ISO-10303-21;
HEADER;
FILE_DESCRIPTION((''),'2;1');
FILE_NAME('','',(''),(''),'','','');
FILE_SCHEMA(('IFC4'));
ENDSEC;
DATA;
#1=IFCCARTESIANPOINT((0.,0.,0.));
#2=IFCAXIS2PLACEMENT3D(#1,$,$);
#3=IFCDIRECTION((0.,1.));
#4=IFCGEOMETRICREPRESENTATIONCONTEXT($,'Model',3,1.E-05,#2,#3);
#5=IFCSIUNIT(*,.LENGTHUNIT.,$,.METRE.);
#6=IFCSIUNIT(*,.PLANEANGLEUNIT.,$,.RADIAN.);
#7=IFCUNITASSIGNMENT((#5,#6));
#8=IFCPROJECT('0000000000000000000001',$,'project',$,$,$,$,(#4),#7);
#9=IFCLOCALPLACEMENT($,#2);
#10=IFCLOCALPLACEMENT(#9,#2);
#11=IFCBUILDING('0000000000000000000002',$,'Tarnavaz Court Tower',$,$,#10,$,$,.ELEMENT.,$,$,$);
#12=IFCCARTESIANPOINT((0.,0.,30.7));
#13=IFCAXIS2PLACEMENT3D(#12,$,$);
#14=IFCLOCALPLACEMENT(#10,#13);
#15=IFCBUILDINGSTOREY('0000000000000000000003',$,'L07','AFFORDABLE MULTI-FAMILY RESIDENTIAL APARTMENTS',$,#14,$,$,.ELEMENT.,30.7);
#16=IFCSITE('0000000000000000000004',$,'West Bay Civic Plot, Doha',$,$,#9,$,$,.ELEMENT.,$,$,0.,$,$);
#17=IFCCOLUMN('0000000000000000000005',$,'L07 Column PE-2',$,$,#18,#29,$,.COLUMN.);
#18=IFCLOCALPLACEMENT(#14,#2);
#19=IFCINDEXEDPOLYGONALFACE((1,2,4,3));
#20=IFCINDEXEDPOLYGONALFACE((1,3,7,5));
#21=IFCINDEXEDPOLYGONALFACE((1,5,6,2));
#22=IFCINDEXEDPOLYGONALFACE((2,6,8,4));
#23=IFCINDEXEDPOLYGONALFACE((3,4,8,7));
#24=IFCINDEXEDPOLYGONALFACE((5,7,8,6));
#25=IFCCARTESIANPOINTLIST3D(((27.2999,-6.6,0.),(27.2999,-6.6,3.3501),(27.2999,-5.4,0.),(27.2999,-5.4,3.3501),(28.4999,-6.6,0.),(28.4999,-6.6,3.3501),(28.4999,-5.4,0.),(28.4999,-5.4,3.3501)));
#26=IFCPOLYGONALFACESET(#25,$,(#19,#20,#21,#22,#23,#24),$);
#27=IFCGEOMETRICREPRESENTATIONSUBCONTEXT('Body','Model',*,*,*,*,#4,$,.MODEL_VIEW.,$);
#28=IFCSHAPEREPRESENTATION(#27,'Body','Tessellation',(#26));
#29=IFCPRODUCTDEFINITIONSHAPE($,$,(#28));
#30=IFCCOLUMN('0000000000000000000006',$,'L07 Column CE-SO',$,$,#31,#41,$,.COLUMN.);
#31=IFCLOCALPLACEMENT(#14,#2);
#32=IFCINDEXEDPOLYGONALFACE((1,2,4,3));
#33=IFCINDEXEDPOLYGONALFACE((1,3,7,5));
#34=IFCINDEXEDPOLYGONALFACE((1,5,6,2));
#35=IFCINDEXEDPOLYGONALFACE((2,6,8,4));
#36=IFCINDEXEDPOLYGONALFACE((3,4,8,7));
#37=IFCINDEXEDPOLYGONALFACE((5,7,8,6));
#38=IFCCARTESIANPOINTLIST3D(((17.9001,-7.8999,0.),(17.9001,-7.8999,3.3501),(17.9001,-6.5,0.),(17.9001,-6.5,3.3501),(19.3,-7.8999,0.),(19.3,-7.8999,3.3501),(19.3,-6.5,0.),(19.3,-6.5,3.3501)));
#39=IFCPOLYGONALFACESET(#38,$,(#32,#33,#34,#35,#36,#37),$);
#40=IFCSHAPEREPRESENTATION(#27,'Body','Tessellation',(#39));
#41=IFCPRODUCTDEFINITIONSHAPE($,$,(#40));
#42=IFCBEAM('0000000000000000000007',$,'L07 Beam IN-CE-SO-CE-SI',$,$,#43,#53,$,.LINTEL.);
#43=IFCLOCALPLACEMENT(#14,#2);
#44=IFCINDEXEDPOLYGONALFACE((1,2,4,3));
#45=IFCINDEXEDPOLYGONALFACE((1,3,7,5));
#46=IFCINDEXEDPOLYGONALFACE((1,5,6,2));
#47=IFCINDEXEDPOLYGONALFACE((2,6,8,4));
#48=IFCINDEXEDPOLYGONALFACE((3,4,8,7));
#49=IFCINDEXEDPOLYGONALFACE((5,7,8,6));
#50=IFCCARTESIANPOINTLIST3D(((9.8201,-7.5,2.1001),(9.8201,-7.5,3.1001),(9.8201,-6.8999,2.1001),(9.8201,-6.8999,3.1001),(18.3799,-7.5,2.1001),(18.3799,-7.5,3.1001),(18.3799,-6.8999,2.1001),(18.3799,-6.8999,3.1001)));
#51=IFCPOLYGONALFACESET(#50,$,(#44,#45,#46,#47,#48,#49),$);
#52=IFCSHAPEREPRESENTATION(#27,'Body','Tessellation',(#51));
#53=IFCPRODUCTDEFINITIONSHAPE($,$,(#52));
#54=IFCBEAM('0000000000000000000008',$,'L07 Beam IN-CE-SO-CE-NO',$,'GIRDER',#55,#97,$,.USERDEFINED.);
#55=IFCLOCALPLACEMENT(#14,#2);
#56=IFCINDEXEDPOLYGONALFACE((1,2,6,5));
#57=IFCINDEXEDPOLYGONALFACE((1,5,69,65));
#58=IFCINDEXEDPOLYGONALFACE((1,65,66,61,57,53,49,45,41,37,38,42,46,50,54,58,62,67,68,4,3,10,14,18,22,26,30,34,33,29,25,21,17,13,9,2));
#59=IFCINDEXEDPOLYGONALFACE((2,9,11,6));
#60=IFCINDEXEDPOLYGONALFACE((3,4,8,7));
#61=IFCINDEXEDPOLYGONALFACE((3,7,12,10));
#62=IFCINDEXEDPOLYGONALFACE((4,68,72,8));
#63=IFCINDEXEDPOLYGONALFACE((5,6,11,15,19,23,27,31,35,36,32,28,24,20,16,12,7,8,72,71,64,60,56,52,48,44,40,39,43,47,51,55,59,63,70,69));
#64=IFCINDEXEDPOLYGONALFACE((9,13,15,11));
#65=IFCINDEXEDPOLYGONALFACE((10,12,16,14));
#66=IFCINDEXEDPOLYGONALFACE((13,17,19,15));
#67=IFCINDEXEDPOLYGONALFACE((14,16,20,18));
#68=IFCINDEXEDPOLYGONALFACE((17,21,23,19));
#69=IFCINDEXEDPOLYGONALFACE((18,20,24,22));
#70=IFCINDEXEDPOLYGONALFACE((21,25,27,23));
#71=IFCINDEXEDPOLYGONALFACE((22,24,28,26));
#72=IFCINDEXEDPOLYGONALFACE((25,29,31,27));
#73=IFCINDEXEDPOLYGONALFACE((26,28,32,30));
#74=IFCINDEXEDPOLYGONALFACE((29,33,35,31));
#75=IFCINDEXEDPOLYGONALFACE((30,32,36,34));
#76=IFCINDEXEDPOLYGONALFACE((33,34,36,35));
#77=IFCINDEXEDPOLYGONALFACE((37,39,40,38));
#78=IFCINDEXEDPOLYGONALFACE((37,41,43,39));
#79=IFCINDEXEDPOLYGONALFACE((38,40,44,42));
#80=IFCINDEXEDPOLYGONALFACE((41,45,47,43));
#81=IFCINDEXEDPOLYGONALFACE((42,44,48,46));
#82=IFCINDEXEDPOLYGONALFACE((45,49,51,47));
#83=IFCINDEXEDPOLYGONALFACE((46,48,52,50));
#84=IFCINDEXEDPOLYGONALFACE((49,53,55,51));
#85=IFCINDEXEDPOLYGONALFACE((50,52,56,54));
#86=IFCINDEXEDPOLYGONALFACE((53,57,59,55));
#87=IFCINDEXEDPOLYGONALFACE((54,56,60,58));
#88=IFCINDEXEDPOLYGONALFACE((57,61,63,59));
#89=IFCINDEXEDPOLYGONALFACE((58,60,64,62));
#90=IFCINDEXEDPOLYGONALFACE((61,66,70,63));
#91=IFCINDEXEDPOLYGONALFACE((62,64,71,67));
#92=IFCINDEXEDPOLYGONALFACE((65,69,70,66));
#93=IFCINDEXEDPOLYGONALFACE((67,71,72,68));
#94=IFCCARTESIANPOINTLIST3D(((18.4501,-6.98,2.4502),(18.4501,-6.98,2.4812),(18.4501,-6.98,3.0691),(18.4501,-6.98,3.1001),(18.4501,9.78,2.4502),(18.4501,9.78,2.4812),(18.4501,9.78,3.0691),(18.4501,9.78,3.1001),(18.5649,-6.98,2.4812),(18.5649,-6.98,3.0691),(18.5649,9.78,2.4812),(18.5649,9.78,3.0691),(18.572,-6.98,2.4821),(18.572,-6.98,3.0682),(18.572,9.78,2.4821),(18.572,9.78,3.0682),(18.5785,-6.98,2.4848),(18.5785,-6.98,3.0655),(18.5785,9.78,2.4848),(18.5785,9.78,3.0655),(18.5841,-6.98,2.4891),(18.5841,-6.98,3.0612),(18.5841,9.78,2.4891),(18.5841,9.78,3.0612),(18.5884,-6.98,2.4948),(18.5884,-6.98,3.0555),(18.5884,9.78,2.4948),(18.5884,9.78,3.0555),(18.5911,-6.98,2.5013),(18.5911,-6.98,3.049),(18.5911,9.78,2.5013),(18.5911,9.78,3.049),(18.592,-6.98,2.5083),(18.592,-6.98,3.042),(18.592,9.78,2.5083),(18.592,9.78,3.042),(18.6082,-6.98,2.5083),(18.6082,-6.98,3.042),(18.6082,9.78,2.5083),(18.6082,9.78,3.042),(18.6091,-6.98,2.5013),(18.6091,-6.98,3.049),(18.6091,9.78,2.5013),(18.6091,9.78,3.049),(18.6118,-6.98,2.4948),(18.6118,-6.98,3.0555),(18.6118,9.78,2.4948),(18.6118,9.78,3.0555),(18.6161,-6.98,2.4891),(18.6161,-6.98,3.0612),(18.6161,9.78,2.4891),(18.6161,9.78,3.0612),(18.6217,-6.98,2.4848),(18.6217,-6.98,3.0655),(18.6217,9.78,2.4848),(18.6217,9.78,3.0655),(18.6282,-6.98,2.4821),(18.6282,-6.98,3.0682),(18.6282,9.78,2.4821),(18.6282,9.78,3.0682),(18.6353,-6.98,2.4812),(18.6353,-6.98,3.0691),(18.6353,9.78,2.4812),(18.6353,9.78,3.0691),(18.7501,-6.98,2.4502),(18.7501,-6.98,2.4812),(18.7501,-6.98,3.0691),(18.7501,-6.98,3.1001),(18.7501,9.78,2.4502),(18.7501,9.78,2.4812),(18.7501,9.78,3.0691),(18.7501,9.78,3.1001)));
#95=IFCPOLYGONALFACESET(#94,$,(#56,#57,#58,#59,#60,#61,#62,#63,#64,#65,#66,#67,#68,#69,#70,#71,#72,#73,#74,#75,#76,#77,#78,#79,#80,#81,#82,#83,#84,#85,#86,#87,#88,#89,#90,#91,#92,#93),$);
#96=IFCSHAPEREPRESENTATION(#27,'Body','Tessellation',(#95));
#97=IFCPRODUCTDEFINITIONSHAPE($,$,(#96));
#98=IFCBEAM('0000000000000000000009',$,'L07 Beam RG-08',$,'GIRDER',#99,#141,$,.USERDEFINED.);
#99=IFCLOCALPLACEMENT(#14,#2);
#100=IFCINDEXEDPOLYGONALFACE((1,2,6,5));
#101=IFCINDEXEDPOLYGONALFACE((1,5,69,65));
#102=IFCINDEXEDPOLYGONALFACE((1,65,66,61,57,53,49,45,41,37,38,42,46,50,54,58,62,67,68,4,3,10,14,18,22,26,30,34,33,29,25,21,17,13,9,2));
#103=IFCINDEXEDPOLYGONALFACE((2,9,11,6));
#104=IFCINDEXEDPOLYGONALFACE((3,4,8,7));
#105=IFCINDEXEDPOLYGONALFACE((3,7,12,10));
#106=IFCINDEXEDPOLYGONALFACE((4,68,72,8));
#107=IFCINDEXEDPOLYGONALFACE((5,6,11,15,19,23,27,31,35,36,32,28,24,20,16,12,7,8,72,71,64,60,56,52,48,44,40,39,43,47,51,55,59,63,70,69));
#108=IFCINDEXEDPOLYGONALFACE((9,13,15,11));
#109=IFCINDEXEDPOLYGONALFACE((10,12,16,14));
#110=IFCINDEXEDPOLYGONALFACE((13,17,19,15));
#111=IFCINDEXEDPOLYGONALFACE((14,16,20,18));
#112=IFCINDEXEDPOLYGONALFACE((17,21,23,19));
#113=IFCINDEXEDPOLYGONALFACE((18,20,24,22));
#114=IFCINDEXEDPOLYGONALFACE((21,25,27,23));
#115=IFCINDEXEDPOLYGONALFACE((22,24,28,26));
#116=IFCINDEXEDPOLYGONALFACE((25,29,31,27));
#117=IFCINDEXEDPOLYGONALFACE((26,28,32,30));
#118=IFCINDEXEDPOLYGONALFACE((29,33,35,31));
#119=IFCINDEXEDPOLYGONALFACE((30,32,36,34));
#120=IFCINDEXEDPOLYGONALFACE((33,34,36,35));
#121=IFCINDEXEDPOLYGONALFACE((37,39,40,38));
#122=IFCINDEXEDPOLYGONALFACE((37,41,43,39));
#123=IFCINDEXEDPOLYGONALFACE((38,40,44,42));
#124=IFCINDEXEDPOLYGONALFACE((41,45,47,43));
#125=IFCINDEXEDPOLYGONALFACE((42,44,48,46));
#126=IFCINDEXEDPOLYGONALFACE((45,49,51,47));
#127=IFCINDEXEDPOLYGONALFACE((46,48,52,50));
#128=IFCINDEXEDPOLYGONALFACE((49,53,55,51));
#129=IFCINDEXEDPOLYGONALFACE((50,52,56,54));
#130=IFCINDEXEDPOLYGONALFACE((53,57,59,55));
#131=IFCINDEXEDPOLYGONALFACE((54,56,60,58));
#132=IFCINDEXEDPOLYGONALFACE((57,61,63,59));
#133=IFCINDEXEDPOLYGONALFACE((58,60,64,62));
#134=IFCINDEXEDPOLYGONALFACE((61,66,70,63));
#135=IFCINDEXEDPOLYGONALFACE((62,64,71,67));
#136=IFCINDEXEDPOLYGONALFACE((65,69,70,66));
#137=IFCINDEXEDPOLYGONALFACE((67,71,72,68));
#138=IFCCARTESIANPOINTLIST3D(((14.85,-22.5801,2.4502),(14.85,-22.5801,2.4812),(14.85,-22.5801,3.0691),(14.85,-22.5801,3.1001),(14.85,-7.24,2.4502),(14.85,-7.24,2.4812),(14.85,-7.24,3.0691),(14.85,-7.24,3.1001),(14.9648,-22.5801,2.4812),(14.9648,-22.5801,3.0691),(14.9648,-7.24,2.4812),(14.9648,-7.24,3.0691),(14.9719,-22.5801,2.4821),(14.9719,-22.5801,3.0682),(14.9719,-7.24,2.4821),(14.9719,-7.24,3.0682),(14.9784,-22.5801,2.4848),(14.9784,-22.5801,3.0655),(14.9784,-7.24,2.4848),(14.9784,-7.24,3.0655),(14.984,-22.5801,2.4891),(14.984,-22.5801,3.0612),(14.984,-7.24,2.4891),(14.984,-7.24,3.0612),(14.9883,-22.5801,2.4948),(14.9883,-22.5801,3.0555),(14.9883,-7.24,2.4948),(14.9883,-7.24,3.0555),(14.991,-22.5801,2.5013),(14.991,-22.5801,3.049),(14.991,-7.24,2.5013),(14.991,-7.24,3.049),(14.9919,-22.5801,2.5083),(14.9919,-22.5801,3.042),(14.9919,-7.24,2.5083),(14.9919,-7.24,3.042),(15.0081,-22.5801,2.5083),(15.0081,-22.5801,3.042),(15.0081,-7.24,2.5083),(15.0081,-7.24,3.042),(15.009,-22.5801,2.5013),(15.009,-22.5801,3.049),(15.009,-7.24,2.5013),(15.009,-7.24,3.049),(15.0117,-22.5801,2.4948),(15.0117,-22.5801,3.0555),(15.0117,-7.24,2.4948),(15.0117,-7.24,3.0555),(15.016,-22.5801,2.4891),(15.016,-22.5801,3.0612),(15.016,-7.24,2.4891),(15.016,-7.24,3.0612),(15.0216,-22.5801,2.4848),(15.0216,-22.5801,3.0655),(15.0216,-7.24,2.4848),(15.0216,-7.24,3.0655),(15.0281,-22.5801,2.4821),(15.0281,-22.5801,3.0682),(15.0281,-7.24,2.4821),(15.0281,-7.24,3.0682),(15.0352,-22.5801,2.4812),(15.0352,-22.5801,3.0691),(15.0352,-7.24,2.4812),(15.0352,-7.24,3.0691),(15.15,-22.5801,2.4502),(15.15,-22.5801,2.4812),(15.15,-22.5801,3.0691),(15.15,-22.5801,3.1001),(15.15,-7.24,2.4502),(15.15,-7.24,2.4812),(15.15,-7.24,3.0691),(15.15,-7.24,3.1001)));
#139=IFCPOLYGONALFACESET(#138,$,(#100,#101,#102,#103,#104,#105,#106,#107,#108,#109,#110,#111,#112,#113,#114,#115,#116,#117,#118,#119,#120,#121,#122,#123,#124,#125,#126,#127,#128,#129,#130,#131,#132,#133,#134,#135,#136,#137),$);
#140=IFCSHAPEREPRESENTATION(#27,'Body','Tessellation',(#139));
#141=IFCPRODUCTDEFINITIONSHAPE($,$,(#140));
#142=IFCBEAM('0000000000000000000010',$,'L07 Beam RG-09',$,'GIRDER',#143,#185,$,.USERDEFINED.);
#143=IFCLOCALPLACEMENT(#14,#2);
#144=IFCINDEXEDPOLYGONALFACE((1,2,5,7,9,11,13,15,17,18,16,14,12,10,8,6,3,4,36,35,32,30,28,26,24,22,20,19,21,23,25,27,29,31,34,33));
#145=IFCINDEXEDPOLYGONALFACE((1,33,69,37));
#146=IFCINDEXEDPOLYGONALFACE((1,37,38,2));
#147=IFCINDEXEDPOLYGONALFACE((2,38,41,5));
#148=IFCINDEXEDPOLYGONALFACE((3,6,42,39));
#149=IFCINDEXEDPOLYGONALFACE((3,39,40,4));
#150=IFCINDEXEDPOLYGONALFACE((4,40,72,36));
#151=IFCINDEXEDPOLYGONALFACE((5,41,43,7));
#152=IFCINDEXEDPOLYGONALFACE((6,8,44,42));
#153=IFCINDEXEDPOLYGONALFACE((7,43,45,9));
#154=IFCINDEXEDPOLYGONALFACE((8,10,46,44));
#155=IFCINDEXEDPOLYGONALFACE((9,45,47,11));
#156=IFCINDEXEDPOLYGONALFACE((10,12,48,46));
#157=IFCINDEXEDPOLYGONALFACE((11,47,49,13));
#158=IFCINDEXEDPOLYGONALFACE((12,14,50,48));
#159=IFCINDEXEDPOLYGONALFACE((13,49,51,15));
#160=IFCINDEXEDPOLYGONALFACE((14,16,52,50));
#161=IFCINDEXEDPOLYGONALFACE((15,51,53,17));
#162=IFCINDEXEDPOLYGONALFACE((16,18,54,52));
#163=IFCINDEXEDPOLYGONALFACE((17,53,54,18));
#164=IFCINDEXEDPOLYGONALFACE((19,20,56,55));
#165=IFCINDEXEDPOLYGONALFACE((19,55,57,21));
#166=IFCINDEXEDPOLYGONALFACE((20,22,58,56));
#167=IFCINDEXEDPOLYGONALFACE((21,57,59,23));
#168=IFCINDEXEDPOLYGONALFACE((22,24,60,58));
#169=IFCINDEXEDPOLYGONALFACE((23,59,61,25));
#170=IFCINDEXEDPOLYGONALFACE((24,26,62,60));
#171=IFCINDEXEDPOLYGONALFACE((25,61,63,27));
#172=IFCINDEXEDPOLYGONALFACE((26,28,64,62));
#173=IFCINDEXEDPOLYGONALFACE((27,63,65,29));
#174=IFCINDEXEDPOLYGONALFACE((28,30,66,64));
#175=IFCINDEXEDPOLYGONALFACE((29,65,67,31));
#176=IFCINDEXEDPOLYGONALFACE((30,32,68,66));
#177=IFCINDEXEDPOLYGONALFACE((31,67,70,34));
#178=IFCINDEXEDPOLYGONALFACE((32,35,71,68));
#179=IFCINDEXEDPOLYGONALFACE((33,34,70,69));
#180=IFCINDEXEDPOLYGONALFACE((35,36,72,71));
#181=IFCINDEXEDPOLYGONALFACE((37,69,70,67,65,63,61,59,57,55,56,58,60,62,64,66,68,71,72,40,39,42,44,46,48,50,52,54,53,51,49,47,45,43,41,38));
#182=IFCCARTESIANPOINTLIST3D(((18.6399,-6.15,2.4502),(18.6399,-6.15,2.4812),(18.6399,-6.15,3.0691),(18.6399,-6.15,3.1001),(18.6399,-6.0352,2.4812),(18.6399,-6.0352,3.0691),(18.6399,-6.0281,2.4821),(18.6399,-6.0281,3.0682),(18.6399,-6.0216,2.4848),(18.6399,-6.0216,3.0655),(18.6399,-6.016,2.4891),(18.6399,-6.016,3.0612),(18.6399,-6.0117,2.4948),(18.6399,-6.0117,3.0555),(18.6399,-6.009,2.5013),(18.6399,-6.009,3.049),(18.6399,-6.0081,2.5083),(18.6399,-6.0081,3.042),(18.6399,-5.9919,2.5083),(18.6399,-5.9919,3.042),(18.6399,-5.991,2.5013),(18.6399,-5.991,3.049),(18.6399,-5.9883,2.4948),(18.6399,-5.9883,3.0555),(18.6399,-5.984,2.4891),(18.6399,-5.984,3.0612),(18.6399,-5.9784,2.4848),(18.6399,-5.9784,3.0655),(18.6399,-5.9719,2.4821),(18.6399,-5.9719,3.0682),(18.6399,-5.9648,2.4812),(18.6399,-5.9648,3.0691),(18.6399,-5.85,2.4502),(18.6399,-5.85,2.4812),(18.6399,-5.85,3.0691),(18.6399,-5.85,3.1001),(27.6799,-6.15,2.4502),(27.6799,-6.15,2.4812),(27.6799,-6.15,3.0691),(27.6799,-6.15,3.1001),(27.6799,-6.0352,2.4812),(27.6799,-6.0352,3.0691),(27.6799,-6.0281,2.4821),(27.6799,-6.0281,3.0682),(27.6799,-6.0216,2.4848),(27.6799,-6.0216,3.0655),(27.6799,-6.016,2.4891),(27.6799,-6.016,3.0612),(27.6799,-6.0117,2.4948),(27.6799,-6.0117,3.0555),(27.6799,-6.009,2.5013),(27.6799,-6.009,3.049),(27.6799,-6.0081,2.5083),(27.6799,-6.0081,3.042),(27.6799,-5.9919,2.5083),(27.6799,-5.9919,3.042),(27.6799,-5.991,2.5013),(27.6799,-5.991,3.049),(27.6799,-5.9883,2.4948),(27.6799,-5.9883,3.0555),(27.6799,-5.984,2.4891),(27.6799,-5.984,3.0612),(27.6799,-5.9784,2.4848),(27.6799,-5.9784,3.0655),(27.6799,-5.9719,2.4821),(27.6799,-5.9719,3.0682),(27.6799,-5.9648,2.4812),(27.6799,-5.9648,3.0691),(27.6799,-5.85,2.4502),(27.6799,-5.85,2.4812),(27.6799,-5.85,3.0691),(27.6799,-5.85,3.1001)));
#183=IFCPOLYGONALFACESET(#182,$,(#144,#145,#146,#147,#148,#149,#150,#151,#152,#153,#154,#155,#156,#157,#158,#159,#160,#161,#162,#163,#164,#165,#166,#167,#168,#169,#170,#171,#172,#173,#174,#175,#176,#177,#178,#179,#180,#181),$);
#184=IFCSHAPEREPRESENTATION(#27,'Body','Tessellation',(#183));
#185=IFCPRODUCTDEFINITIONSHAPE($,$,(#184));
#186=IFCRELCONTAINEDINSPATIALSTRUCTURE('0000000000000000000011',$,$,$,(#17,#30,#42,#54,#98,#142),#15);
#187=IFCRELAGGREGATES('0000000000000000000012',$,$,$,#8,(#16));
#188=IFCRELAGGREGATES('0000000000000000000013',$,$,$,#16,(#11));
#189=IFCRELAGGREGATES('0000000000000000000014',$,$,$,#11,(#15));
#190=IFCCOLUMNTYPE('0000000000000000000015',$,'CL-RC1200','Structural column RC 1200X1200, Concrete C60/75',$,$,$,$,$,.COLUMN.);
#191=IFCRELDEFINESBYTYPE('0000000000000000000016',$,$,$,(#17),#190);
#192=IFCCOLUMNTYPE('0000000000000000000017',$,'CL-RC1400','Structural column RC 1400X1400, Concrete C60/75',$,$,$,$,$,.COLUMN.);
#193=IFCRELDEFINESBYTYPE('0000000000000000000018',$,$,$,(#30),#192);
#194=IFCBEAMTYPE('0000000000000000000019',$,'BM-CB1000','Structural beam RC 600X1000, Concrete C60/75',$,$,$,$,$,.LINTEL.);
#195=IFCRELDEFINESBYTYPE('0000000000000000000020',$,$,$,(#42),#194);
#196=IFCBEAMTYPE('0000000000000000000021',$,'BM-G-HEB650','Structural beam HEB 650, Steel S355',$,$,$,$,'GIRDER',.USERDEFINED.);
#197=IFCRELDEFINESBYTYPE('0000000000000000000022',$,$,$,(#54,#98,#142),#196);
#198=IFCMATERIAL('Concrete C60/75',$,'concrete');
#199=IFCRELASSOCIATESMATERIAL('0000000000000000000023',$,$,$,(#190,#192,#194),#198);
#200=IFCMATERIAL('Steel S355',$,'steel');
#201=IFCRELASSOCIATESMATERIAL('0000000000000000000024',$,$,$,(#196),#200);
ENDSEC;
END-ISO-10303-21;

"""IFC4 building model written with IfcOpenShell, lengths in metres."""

from ifc_helpers import new_model, si_unit, direction, frame, origin, origin_2d, place, context, subcontext, project, spatial, rectangle, i_section, extrude, material, material_profile, profile_set, type_object, element, save


model = new_model("IFC4")

# Units and contexts
model_context = context("Model", 3, precision=1e-05, world=origin(), true_north=direction((0.0, 1.0)))
body_context = subcontext(model_context, "Body", "Model", "MODEL_VIEW")
ifc_project = project(units=[si_unit("LENGTHUNIT", "METRE"), si_unit("PLANEANGLEUNIT", "RADIAN")], contexts=[model_context])

# Site, building, storey
site_placement = place(None, origin())
site = spatial("IfcSite", under=ifc_project, at=site_placement, Name="West Bay Civic Plot, Doha", CompositionType="ELEMENT", RefElevation=0.0)
building_placement = place(site_placement, origin())
building = spatial("IfcBuilding", under=site, at=building_placement, Name="Tarnavaz Court Tower", CompositionType="ELEMENT")
storey_placement = place(building_placement, frame((0.0, 0.0, 30.7)))
storey = spatial("IfcBuildingStorey", under=building, at=storey_placement, Name="L07", Description="AFFORDABLE MULTI-FAMILY RESIDENTIAL APARTMENTS", CompositionType="ELEMENT", Elevation=30.7)

# Columns
ifc_material_1 = material(Name="Concrete C60/75", Category="concrete")
ifc_material_profile_1 = material_profile(ifc_material_1, rectangle(XDim=1.2, YDim=1.2, at=origin_2d()), Name="RC 1200X1200")
ifc_profile_set_1 = profile_set([ifc_material_profile_1], Name="Concrete C60/75")
column_type_1 = type_object("IfcColumnType", Name="CL-RC1200", Description="Structural column RC 1200X1200, Concrete C60/75", PredefinedType="COLUMN", material=ifc_profile_set_1)
column_1_placement = place(storey_placement, frame((27.8999, -6.0, 0.0), z_axis=(0.0, 0.0, 1.0), x_axis=(1.0, 0.0, 0.0)))
element("IfcColumn", 1, at=column_1_placement, inside=storey, type_object=column_type_1, Name="L07 Column PE-2", PredefinedType="COLUMN", context=body_context, shape_type="SweptSolid", body=[
    extrude(rectangle(XDim=1.2, YDim=1.2, at=origin_2d()), origin(), (0.0, 0.0, 1.0), 3.3501),
])
ifc_material_profile_2 = material_profile(ifc_material_1, rectangle(XDim=1.3999, YDim=1.3999, at=origin_2d()), Name="RC 1400X1400")
ifc_profile_set_2 = profile_set([ifc_material_profile_2], Name="Concrete C60/75")
column_type_2 = type_object("IfcColumnType", Name="CL-RC1400", Description="Structural column RC 1400X1400, Concrete C60/75", PredefinedType="COLUMN", material=ifc_profile_set_2)
column_2_placement = place(storey_placement, frame((18.6001, -7.2, 0.0), z_axis=(0.0, 0.0, 1.0), x_axis=(1.0, 0.0, 0.0)))
element("IfcColumn", 2, at=column_2_placement, inside=storey, type_object=column_type_2, Name="L07 Column CE-SO", PredefinedType="COLUMN", context=body_context, shape_type="SweptSolid", body=[
    extrude(rectangle(XDim=1.3999, YDim=1.3999, at=origin_2d()), origin(), (0.0, 0.0, 1.0), 3.3501),
])

# Beams
ifc_material_profile_3 = material_profile(ifc_material_1, rectangle(XDim=0.6001, YDim=1.0, at=origin_2d()), Name="RC 600X1000")
ifc_profile_set_3 = profile_set([ifc_material_profile_3], Name="Concrete C60/75")
beam_type_1 = type_object("IfcBeamType", Name="BM-CB1000", Description="Structural beam RC 600X1000, Concrete C60/75", PredefinedType="LINTEL", material=ifc_profile_set_3)
beam_1_placement = place(storey_placement, frame((18.3799, -7.2, 2.6001), z_axis=(-1.0, 0.0, 0.0), x_axis=(0.0, -1.0, 0.0)))
element("IfcBeam", 3, at=beam_1_placement, inside=storey, type_object=beam_type_1, Name="L07 Beam IN-CE-SO-CE-SI", PredefinedType="LINTEL", context=body_context, shape_type="SweptSolid", body=[
    extrude(rectangle(XDim=0.6001, YDim=1.0, at=origin_2d()), origin(), (0.0, 0.0, 1.0), 8.5598),
])
ifc_material_2 = material(Name="Steel S355", Category="steel")
ifc_material_profile_4 = material_profile(ifc_material_2, i_section(OverallWidth=0.3, OverallDepth=0.6499, WebThickness=0.0161, FlangeThickness=0.031, FilletRadius=0.0271, at=origin_2d()), Name="HEB 650")
ifc_profile_set_4 = profile_set([ifc_material_profile_4], Name="Steel S355")
beam_type_2 = type_object("IfcBeamType", Name="BM-G-HEB650", Description="Structural beam HEB 650, Steel S355", ElementType="GIRDER", PredefinedType="USERDEFINED", material=ifc_profile_set_4)
beam_2_placement = place(storey_placement, frame((18.6001, -6.98, 2.7751), z_axis=(0.0, 1.0, 0.0), x_axis=(-1.0, 0.0, 0.0)))
element("IfcBeam", 4, at=beam_2_placement, inside=storey, type_object=beam_type_2, Name="L07 Beam IN-CE-SO-CE-NO", ObjectType="GIRDER", PredefinedType="USERDEFINED", context=body_context, shape_type="SweptSolid", body=[
    extrude(i_section(OverallWidth=0.3, OverallDepth=0.6499, WebThickness=0.0161, FlangeThickness=0.031, FilletRadius=0.0271, at=origin_2d()), origin(), (0.0, 0.0, 1.0), 16.76),
])
beam_3_placement = place(storey_placement, frame((15.0, -7.24, 2.7751), z_axis=(0.0, -1.0, 0.0), x_axis=(1.0, 0.0, 0.0)))
element("IfcBeam", 5, at=beam_3_placement, inside=storey, type_object=beam_type_2, Name="L07 Beam RG-08", ObjectType="GIRDER", PredefinedType="USERDEFINED", context=body_context, shape_type="SweptSolid", body=[
    extrude(i_section(OverallWidth=0.3, OverallDepth=0.6499, WebThickness=0.0161, FlangeThickness=0.031, FilletRadius=0.0271, at=origin_2d()), origin(), (0.0, 0.0, 1.0), 15.3401),
])
beam_4_placement = place(storey_placement, frame((18.6399, -6.0, 2.7751), z_axis=(1.0, 0.0, 0.0), x_axis=(0.0, 1.0, 0.0)))
element("IfcBeam", 6, at=beam_4_placement, inside=storey, type_object=beam_type_2, Name="L07 Beam RG-09", ObjectType="GIRDER", PredefinedType="USERDEFINED", context=body_context, shape_type="SweptSolid", body=[
    extrude(i_section(OverallWidth=0.3, OverallDepth=0.6499, WebThickness=0.0161, FlangeThickness=0.031, FilletRadius=0.0271, at=origin_2d()), origin(), (0.0, 0.0, 1.0), 9.04),
])

save(model, "model.ifc")
